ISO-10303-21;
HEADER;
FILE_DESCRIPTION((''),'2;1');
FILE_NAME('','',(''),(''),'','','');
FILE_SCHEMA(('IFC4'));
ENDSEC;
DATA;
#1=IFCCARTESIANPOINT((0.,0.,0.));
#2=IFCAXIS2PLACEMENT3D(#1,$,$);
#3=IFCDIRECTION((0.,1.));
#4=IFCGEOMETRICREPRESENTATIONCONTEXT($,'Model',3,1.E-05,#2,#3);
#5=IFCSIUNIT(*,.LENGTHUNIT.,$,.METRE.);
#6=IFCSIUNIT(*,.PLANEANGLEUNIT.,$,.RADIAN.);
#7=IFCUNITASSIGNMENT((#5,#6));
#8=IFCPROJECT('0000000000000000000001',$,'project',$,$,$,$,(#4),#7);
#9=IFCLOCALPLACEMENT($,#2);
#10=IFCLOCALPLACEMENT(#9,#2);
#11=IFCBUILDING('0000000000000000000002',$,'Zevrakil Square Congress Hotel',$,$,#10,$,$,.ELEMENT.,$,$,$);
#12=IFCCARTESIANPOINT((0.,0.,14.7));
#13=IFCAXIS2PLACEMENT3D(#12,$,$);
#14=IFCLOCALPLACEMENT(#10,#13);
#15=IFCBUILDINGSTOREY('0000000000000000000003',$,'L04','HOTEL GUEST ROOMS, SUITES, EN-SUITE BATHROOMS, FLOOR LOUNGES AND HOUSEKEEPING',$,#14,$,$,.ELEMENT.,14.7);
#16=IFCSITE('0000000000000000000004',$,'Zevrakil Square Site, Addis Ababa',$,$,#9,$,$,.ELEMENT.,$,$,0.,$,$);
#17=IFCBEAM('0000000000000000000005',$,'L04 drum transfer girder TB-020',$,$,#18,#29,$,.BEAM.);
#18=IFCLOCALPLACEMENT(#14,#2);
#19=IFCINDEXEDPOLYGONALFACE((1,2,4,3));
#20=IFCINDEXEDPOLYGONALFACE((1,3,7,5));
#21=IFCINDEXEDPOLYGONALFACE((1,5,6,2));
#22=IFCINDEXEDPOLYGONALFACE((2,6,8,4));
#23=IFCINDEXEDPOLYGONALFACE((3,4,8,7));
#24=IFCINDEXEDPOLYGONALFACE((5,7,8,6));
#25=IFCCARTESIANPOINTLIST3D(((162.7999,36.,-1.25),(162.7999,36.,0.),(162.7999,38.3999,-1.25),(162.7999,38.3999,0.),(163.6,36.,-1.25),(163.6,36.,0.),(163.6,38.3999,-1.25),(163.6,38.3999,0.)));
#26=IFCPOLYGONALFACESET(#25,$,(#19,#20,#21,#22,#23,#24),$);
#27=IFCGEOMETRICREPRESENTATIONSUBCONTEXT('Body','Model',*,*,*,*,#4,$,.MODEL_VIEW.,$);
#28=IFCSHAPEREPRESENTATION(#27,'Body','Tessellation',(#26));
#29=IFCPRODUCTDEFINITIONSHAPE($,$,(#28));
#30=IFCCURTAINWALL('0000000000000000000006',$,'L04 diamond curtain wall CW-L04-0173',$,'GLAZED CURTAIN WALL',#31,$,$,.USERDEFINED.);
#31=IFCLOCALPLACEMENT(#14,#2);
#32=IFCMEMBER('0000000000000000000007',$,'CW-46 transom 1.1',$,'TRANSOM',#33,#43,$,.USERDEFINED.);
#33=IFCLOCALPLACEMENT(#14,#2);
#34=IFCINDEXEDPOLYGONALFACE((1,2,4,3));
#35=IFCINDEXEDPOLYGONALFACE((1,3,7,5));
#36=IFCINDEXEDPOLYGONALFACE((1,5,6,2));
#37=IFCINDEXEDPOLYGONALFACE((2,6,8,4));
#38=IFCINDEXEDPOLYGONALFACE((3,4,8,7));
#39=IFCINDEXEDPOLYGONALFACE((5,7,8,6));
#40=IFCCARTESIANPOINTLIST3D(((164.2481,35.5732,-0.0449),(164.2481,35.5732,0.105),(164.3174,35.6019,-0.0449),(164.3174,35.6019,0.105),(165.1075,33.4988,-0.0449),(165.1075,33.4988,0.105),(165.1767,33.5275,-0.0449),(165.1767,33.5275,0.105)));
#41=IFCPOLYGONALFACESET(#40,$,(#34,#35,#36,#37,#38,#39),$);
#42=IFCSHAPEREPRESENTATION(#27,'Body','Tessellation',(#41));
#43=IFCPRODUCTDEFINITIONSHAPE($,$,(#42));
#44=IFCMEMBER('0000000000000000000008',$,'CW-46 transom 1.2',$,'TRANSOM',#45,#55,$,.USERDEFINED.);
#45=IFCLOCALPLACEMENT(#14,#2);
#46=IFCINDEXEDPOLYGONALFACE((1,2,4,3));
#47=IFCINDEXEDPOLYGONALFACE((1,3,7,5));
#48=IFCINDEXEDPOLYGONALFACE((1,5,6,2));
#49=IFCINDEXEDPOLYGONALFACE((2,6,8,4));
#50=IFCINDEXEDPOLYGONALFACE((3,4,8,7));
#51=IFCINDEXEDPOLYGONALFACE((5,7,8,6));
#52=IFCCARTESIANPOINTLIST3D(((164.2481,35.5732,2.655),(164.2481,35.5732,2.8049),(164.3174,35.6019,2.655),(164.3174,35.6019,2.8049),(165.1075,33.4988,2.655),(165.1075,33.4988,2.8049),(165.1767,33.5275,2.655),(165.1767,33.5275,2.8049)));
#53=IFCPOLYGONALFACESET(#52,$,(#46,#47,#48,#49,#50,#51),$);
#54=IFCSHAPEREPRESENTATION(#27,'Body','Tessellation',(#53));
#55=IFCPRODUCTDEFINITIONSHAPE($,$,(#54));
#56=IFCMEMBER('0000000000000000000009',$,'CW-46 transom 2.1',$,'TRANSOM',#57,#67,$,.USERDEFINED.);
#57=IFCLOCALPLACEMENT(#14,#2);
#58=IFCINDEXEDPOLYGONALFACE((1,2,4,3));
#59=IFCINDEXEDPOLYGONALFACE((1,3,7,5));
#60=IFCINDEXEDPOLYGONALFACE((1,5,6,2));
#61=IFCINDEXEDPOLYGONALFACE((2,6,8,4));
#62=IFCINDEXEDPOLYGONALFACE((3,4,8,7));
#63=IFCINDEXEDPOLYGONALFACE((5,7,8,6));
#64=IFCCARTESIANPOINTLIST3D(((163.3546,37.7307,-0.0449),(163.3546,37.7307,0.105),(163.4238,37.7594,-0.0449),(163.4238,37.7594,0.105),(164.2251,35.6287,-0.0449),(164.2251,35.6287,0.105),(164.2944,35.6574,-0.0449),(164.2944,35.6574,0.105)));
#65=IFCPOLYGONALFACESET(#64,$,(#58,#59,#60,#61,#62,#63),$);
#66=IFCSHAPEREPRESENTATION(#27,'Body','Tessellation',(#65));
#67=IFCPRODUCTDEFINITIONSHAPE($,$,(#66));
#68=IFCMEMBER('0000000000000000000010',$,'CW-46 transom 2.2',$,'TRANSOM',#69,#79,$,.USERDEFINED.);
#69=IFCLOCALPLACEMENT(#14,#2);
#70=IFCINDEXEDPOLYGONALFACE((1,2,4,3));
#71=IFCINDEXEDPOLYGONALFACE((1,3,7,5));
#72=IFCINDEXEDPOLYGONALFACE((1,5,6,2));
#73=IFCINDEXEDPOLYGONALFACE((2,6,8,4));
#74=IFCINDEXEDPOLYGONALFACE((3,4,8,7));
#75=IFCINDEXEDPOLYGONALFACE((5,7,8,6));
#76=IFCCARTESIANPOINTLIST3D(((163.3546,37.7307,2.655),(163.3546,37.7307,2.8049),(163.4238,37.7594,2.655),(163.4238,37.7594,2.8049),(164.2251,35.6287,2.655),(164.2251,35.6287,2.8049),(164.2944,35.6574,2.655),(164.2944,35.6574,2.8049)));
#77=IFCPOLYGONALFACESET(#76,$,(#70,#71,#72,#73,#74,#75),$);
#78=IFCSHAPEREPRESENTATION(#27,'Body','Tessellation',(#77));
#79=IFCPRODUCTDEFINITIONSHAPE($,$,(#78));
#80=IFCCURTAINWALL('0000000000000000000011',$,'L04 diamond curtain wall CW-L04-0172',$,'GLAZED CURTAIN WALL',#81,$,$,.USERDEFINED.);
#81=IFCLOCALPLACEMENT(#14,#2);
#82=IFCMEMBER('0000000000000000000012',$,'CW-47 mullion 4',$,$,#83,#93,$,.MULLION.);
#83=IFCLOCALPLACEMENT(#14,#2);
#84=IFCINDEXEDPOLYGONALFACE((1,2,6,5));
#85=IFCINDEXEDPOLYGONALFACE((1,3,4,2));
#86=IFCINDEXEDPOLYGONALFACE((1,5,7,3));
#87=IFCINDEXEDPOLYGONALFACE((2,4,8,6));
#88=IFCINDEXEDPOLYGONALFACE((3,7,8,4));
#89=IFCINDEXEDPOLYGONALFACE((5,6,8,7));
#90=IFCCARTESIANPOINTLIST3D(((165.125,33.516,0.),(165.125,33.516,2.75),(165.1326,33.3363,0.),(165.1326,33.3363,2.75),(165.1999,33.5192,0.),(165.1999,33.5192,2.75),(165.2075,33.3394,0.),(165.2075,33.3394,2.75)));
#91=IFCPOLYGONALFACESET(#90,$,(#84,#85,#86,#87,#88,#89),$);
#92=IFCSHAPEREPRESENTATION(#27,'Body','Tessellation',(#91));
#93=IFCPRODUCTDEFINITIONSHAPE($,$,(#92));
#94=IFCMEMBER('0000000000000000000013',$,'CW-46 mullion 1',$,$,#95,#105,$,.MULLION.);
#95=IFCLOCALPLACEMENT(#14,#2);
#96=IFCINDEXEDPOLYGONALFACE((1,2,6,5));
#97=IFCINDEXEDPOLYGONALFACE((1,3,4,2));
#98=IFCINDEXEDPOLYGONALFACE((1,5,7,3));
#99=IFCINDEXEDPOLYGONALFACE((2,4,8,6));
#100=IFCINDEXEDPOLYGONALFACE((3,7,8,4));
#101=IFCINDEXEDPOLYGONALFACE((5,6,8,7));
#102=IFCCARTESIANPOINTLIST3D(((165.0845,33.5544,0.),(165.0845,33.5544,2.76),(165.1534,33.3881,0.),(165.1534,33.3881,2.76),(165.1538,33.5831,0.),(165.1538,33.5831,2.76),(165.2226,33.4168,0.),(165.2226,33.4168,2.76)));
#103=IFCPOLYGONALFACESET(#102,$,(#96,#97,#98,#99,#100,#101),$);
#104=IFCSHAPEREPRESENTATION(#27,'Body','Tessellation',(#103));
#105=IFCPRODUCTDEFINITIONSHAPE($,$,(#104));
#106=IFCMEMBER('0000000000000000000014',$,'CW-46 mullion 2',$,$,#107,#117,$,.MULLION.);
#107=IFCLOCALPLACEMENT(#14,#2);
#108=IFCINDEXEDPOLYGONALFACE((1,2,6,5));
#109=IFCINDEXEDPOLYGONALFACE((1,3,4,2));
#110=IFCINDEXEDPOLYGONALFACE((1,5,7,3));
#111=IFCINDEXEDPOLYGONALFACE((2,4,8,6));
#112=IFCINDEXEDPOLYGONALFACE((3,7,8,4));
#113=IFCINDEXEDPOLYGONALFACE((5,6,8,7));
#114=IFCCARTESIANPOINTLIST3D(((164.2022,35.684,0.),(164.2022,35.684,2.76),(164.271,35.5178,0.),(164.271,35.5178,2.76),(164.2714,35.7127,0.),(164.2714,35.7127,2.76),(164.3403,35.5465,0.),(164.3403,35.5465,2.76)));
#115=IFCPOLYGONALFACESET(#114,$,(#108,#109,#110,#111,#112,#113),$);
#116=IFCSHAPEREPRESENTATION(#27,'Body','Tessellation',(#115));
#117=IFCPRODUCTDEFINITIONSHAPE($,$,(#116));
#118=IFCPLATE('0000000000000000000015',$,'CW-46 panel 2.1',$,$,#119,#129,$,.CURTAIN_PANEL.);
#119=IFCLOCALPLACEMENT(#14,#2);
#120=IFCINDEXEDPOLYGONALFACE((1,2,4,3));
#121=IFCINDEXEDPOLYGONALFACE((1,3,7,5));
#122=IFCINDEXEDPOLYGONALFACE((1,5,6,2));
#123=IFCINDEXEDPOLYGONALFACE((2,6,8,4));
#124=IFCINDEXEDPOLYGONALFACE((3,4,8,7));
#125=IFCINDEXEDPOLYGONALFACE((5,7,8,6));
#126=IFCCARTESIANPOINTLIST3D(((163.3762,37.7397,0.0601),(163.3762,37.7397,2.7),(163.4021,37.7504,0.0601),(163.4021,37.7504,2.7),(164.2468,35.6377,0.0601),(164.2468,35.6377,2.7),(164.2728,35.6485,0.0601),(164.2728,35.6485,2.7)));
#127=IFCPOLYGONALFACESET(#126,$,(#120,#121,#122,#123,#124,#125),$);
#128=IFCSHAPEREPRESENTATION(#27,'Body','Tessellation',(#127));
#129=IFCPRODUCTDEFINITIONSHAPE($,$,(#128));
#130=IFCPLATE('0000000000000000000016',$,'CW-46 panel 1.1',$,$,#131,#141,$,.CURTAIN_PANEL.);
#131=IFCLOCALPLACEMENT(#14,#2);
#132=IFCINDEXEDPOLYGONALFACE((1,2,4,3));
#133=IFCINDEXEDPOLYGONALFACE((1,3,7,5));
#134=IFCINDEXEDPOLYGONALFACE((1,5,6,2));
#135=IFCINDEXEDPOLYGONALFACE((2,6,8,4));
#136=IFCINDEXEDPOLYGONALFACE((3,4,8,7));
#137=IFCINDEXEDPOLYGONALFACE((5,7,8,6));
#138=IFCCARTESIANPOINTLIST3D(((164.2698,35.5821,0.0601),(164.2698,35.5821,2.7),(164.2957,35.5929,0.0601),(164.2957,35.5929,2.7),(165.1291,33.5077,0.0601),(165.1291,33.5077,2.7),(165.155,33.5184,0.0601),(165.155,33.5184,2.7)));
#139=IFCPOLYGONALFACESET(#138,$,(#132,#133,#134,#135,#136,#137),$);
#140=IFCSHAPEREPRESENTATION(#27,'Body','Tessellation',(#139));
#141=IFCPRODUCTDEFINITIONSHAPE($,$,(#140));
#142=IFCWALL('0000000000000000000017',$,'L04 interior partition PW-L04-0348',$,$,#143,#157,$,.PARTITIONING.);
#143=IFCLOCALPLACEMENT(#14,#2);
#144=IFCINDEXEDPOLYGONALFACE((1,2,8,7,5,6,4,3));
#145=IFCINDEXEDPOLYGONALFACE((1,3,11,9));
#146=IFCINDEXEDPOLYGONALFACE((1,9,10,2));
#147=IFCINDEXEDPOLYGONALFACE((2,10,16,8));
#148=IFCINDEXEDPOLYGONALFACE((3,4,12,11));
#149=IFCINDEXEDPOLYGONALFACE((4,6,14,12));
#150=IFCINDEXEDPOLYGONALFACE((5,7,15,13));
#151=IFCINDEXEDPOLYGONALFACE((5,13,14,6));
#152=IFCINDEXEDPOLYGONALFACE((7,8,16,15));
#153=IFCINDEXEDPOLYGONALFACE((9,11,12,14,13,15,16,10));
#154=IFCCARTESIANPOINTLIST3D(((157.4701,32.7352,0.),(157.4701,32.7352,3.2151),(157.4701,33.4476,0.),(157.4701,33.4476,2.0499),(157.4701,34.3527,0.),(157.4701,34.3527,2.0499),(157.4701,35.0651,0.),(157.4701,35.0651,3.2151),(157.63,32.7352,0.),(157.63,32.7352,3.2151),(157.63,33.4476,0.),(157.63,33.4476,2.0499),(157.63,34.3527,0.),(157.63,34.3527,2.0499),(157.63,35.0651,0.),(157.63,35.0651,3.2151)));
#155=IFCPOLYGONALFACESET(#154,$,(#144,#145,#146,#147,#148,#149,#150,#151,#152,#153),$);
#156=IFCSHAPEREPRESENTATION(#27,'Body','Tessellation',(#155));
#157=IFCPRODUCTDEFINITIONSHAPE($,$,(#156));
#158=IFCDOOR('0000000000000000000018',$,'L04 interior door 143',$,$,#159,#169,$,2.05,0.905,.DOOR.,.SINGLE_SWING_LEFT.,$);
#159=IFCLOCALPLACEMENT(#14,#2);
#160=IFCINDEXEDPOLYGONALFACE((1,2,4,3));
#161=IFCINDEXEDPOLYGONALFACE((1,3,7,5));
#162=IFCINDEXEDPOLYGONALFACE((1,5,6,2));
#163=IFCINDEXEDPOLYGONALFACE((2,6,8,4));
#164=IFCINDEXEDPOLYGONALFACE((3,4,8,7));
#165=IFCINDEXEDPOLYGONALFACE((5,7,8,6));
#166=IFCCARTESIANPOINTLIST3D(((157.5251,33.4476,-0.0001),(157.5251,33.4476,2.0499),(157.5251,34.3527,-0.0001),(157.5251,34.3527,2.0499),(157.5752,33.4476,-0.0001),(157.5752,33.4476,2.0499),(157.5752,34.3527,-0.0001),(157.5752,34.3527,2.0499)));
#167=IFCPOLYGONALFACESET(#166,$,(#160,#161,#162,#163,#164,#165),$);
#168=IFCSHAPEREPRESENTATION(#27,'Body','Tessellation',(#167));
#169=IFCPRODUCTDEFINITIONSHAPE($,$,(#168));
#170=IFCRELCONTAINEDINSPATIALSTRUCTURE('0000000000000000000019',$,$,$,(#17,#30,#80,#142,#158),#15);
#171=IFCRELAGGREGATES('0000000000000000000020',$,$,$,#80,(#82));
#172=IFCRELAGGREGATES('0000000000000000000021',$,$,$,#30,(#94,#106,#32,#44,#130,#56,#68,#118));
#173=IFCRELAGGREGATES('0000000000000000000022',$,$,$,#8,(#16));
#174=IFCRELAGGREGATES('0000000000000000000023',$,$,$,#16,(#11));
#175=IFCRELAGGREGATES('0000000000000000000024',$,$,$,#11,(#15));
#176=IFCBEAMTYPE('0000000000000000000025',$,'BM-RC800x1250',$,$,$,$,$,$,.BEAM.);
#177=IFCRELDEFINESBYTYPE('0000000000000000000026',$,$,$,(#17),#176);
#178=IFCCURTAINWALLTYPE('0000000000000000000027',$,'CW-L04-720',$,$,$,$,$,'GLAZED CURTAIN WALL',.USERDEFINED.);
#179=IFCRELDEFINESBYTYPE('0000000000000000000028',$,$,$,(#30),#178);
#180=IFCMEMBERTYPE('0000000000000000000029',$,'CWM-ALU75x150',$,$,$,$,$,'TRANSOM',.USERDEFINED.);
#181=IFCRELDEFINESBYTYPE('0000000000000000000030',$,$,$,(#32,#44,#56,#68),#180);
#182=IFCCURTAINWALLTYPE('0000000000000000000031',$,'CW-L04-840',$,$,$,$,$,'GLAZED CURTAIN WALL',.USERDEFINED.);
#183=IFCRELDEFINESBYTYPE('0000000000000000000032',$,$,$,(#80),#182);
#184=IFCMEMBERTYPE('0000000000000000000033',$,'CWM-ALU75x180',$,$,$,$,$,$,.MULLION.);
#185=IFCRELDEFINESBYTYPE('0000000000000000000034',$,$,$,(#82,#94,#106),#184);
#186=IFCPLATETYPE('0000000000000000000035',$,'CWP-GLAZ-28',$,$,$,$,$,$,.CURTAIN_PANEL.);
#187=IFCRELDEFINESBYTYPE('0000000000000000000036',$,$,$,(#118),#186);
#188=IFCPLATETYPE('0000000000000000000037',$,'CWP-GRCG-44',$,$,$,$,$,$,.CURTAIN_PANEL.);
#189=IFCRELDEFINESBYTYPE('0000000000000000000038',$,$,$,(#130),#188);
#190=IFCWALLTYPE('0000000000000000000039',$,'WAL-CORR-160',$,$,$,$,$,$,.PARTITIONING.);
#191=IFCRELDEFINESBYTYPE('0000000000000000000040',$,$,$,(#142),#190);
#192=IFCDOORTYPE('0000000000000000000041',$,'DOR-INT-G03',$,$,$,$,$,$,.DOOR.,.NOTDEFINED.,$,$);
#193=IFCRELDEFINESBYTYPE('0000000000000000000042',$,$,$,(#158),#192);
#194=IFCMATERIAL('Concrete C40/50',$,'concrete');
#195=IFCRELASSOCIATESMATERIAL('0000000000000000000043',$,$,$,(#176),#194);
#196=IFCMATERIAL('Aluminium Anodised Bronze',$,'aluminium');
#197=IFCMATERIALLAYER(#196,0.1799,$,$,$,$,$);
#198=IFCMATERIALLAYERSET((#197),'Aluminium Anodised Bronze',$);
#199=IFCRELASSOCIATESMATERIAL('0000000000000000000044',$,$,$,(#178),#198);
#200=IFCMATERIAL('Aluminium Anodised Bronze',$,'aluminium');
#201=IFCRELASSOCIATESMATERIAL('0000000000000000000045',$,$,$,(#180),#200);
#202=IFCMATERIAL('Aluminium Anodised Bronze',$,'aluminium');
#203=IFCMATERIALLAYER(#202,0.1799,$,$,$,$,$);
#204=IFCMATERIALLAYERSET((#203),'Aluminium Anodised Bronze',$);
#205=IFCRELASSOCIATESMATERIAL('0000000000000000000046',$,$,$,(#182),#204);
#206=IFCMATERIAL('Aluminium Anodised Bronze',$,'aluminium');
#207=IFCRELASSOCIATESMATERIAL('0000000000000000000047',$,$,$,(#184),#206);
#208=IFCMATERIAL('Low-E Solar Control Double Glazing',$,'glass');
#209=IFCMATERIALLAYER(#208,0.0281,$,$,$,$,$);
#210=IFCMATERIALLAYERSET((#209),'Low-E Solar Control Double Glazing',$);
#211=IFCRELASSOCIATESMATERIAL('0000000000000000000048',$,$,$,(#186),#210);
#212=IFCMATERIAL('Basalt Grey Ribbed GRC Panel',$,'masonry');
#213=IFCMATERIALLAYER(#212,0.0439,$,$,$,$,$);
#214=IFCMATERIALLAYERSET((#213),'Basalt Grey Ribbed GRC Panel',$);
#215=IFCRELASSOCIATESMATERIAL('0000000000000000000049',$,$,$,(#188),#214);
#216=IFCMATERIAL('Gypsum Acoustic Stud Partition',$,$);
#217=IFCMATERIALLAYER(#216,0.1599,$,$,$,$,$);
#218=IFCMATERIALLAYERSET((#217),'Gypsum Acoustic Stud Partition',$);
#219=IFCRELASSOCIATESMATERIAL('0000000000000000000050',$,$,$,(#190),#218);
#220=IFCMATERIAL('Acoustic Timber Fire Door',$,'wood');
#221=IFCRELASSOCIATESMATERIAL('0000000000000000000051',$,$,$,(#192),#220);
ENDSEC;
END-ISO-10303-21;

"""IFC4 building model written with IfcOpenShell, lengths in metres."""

from ifc_helpers import new_model, si_unit, direction, frame, frame_2d, origin, origin_2d, place, context, subcontext, project, spatial, rectangle, extrude, material, layer, layer_set, material_profile, profile_set, type_object, element, fill, aggregate, save


model = new_model("IFC4")

# Units and contexts
model_context = context("Model", 3, precision=1e-05, world=origin(), true_north=direction((0.0, 1.0)))
body_context = subcontext(model_context, "Body", "Model", "MODEL_VIEW")
ifc_project = project(units=[si_unit("LENGTHUNIT", "METRE"), si_unit("PLANEANGLEUNIT", "RADIAN")], contexts=[model_context])

# Site, building, storey
site_placement = place(None, origin())
site = spatial("IfcSite", under=ifc_project, at=site_placement, Name="Zevrakil Square Site, Addis Ababa", CompositionType="ELEMENT", RefElevation=0.0)
building_placement = place(site_placement, origin())
building = spatial("IfcBuilding", under=site, at=building_placement, Name="Zevrakil Square Congress Hotel", CompositionType="ELEMENT")
storey_placement = place(building_placement, frame((0.0, 0.0, 14.7)))
storey = spatial("IfcBuildingStorey", under=building, at=storey_placement, Name="L04", Description="HOTEL GUEST ROOMS, SUITES, EN-SUITE BATHROOMS, FLOOR LOUNGES AND HOUSEKEEPING", CompositionType="ELEMENT", Elevation=14.7)

# Beam
ifc_material_1 = material(Name="Concrete C40/50", Category="concrete")
ifc_material_profile_1 = material_profile(ifc_material_1, rectangle(XDim=0.8, YDim=1.25, at=origin_2d()), Name="RC 800x1250")
ifc_profile_set_1 = profile_set([ifc_material_profile_1], Name="Concrete C40/50")
beam_type = type_object("IfcBeamType", Name="BM-RC800x1250", PredefinedType="BEAM", material=ifc_profile_set_1)
beam_placement = place(storey_placement, frame((163.2, 36.0, -0.625), z_axis=(0.0, 1.0, 0.0), x_axis=(-1.0, 0.0, 0.0)))
element("IfcBeam", 1, at=beam_placement, inside=storey, type_object=beam_type, Name="L04 drum transfer girder TB-020", PredefinedType="BEAM", context=body_context, shape_type="SweptSolid", body=[
    extrude(rectangle(XDim=0.8, YDim=1.25, at=origin_2d()), origin(), (0.0, 0.0, 1.0), 2.3999),
])

# Curtain wall, members
ifc_material_2 = material(Name="Aluminium Anodised Bronze", Category="aluminium")
ifc_layer_1 = layer(ifc_material_2, 0.1799)
ifc_layer_set_1 = layer_set([ifc_layer_1], Name="Aluminium Anodised Bronze")
curtain_wall_type_1 = type_object("IfcCurtainWallType", Name="CW-L04-720", ElementType="GLAZED CURTAIN WALL", PredefinedType="USERDEFINED", material=ifc_layer_set_1)
curtain_wall_1_placement = place(storey_placement, origin())
curtain_wall_1 = element("IfcCurtainWall", 2, at=curtain_wall_1_placement, inside=storey, type_object=curtain_wall_type_1, Name="L04 diamond curtain wall CW-L04-0173", ObjectType="GLAZED CURTAIN WALL", PredefinedType="USERDEFINED")
ifc_material_3 = material(Name="Aluminium Anodised Bronze", Category="aluminium")
ifc_material_profile_2 = material_profile(ifc_material_3, rectangle(XDim=0.075, YDim=0.1499, at=origin_2d()), Name="ALU 75x150")
ifc_profile_set_2 = profile_set([ifc_material_profile_2], Name="Aluminium Anodised Bronze")
member_type_1 = type_object("IfcMemberType", Name="CWM-ALU75x150", ElementType="TRANSOM", PredefinedType="USERDEFINED", material=ifc_profile_set_2)
member_1_placement = place(storey_placement, frame((165.1421, 33.5132, 0.03), z_axis=(-0.382723, 0.923863, 0.0), x_axis=(-0.923863, -0.382723, 0.0)))
member_1 = element("IfcMember", 3, at=member_1_placement, type_object=member_type_1, Name="CW-46 transom 1.1", ObjectType="TRANSOM", PredefinedType="USERDEFINED", context=body_context, shape_type="SweptSolid", body=[
    extrude(rectangle(XDim=0.075, YDim=0.1499, at=origin_2d()), origin(), (0.0, 0.0, 1.0), 2.2454),
])
member_2_placement = place(storey_placement, frame((165.1421, 33.5132, 2.73), z_axis=(-0.382723, 0.923863, 0.0), x_axis=(-0.923863, -0.382723, 0.0)))
member_2 = element("IfcMember", 4, at=member_2_placement, type_object=member_type_1, Name="CW-46 transom 1.2", ObjectType="TRANSOM", PredefinedType="USERDEFINED", context=body_context, shape_type="SweptSolid", body=[
    extrude(rectangle(XDim=0.075, YDim=0.1499, at=origin_2d()), origin(), (0.0, 0.0, 1.0), 2.2454),
])
member_3_placement = place(storey_placement, frame((164.2598, 35.6431, 0.03), z_axis=(-0.382649, 0.923894, 0.0), x_axis=(-0.923894, -0.382649, 0.0)))
member_3 = element("IfcMember", 5, at=member_3_placement, type_object=member_type_1, Name="CW-46 transom 2.1", ObjectType="TRANSOM", PredefinedType="USERDEFINED", context=body_context, shape_type="SweptSolid", body=[
    extrude(rectangle(XDim=0.075, YDim=0.1499, at=origin_2d()), origin(), (0.0, 0.0, 1.0), 2.2751),
])
member_4_placement = place(storey_placement, frame((164.2598, 35.6431, 2.73), z_axis=(-0.382649, 0.923894, 0.0), x_axis=(-0.923894, -0.382649, 0.0)))
member_4 = element("IfcMember", 6, at=member_4_placement, type_object=member_type_1, Name="CW-46 transom 2.2", ObjectType="TRANSOM", PredefinedType="USERDEFINED", context=body_context, shape_type="SweptSolid", body=[
    extrude(rectangle(XDim=0.075, YDim=0.1499, at=origin_2d()), origin(), (0.0, 0.0, 1.0), 2.2751),
])

# Curtain wall, member
ifc_material_4 = material(Name="Aluminium Anodised Bronze", Category="aluminium")
ifc_layer_2 = layer(ifc_material_4, 0.1799)
ifc_layer_set_2 = layer_set([ifc_layer_2], Name="Aluminium Anodised Bronze")
curtain_wall_type_2 = type_object("IfcCurtainWallType", Name="CW-L04-840", ElementType="GLAZED CURTAIN WALL", PredefinedType="USERDEFINED", material=ifc_layer_set_2)
curtain_wall_2_placement = place(storey_placement, origin())
curtain_wall_2 = element("IfcCurtainWall", 7, at=curtain_wall_2_placement, inside=storey, type_object=curtain_wall_type_2, Name="L04 diamond curtain wall CW-L04-0172", ObjectType="GLAZED CURTAIN WALL", PredefinedType="USERDEFINED")
ifc_material_5 = material(Name="Aluminium Anodised Bronze", Category="aluminium")
ifc_material_profile_3 = material_profile(ifc_material_5, rectangle(XDim=0.075, YDim=0.1799, at=origin_2d()), Name="ALU 75x180")
ifc_profile_set_3 = profile_set([ifc_material_profile_3], Name="Aluminium Anodised Bronze")
member_type_2 = type_object("IfcMemberType", Name="CWM-ALU75x180", PredefinedType="MULLION", material=ifc_profile_set_3)
member_5_placement = place(storey_placement, frame((165.1663, 33.4277, 0.0), z_axis=(0.0, 0.0, 1.0), x_axis=(-0.999119, -0.041971, 0.0)))
member_5 = element("IfcMember", 8, at=member_5_placement, type_object=member_type_2, Name="CW-47 mullion 4", PredefinedType="MULLION", context=body_context, shape_type="SweptSolid", body=[
    extrude(rectangle(XDim=0.075, YDim=0.1799, at=origin_2d()), origin(), (0.0, 0.0, 1.0), 2.75),
])
aggregate(curtain_wall_2, [member_5])

# Members
member_6_placement = place(storey_placement, frame((165.1536, 33.4856, 0.0), z_axis=(0.0, 0.0, 1.0), x_axis=(-0.923879, -0.382684, 0.0)))
member_6 = element("IfcMember", 9, at=member_6_placement, type_object=member_type_2, Name="CW-46 mullion 1", PredefinedType="MULLION", context=body_context, shape_type="SweptSolid", body=[
    extrude(rectangle(XDim=0.075, YDim=0.1799, at=origin_2d()), origin(), (0.0, 0.0, 1.0), 2.76),
])
member_7_placement = place(storey_placement, frame((164.2712, 35.6152, 0.0), z_axis=(0.0, 0.0, 1.0), x_axis=(-0.923879, -0.382684, 0.0)))
member_7 = element("IfcMember", 10, at=member_7_placement, type_object=member_type_2, Name="CW-46 mullion 2", PredefinedType="MULLION", context=body_context, shape_type="SweptSolid", body=[
    extrude(rectangle(XDim=0.075, YDim=0.1799, at=origin_2d()), origin(), (0.0, 0.0, 1.0), 2.76),
])

# Plates
ifc_material_6 = material(Name="Low-E Solar Control Double Glazing", Category="glass")
ifc_layer_3 = layer(ifc_material_6, 0.0281)
ifc_layer_set_3 = layer_set([ifc_layer_3], Name="Low-E Solar Control Double Glazing")
plate_type_1 = type_object("IfcPlateType", Name="CWP-GLAZ-28", PredefinedType="CURTAIN_PANEL", material=ifc_layer_set_3)
plate_1_placement = place(storey_placement, frame((163.8245, 36.6941, 0.0601), z_axis=(0.0, 0.0, 1.0), x_axis=(-0.382684, 0.923879, 0.0)))
plate_1 = element("IfcPlate", 11, at=plate_1_placement, type_object=plate_type_1, Name="CW-46 panel 2.1", PredefinedType="CURTAIN_PANEL", context=body_context, shape_type="SweptSolid", body=[
    extrude(rectangle(XDim=2.2751, YDim=0.0281, at=origin_2d()), origin(), (0.0, 0.0, 1.0), 2.6399),
])
ifc_material_7 = material(Name="Basalt Grey Ribbed GRC Panel", Category="masonry")
ifc_layer_4 = layer(ifc_material_7, 0.0439)
ifc_layer_set_4 = layer_set([ifc_layer_4], Name="Basalt Grey Ribbed GRC Panel")
plate_type_2 = type_object("IfcPlateType", Name="CWP-GRCG-44", PredefinedType="CURTAIN_PANEL", material=ifc_layer_set_4)
plate_2_placement = place(storey_placement, frame((164.7124, 34.5503, 0.0601), z_axis=(0.0, 0.0, 1.0), x_axis=(-0.382684, 0.923879, 0.0)))
plate_2 = element("IfcPlate", 12, at=plate_2_placement, type_object=plate_type_2, Name="CW-46 panel 1.1", PredefinedType="CURTAIN_PANEL", context=body_context, shape_type="SweptSolid", body=[
    extrude(rectangle(XDim=2.2454, YDim=0.0281, at=origin_2d()), origin(), (0.0, 0.0, 1.0), 2.6399),
])
aggregate(curtain_wall_1, [member_6, member_7, member_1, member_2, plate_2, member_3, member_4, plate_1])

# Wall, opening, door
ifc_material_8 = material(Name="Gypsum Acoustic Stud Partition")
ifc_layer_5 = layer(ifc_material_8, 0.1599)
ifc_layer_set_5 = layer_set([ifc_layer_5], Name="Gypsum Acoustic Stud Partition")
wall_type_1 = type_object("IfcWallType", Name="WAL-CORR-160", PredefinedType="PARTITIONING", material=ifc_layer_set_5)
wall_1_placement = place(storey_placement, frame((157.55, 32.7351, 0.0), z_axis=(0.0, 0.0, 1.0), x_axis=(0.0, 1.0, 0.0)))
wall_1 = element("IfcWall", 13, at=wall_1_placement, inside=storey, type_object=wall_type_1, Name="L04 interior partition PW-L04-0348", PredefinedType="PARTITIONING", context=body_context, shape_type="SweptSolid", body=[
    extrude(rectangle(XDim=2.3298, YDim=0.1599, at=frame_2d((1.165, 0.0))), origin(), (0.0, 0.0, 1.0), 3.2151),
])
opening_1_placement = place(wall_1_placement, frame((0.7124, 0.0, 0.0)))
opening_1 = element("IfcOpeningElement", 14, at=opening_1_placement, cuts=wall_1, PredefinedType="OPENING", context=body_context, shape_type="SweptSolid", body=[
    extrude(rectangle(XDim=0.905, YDim=2.05, at=frame_2d((0.4526, 1.0249))), frame((0.0, 0.0898, 0.0), z_axis=(0.0, -1.0, 0.0), x_axis=(1.0, 0.0, 0.0)), (0.0, 0.0, 1.0), 0.1799),
])
ifc_material_9 = material(Name="Acoustic Timber Fire Door", Category="wood")
door_type_1 = type_object("IfcDoorType", Name="DOR-INT-G03", OperationType="NOTDEFINED", PredefinedType="DOOR", material=ifc_material_9)
door_1_placement = place(opening_1_placement, origin())
door_1 = element("IfcDoor", 15, at=door_1_placement, inside=storey, type_object=door_type_1, Name="L04 interior door 143", OperationType="SINGLE_SWING_LEFT", OverallHeight=2.05, OverallWidth=0.905, PredefinedType="DOOR", context=body_context, shape_type="SweptSolid", body=[
    extrude(rectangle(XDim=0.905, YDim=2.05, at=frame_2d((0.4526, 1.0249))), frame((0.0, 0.0249, 0.0), z_axis=(0.0, -1.0, 0.0), x_axis=(1.0, 0.0, 0.0)), (0.0, 0.0, 1.0), 0.05),
])
fill(opening_1, door_1)

save(model, "model.ifc")
